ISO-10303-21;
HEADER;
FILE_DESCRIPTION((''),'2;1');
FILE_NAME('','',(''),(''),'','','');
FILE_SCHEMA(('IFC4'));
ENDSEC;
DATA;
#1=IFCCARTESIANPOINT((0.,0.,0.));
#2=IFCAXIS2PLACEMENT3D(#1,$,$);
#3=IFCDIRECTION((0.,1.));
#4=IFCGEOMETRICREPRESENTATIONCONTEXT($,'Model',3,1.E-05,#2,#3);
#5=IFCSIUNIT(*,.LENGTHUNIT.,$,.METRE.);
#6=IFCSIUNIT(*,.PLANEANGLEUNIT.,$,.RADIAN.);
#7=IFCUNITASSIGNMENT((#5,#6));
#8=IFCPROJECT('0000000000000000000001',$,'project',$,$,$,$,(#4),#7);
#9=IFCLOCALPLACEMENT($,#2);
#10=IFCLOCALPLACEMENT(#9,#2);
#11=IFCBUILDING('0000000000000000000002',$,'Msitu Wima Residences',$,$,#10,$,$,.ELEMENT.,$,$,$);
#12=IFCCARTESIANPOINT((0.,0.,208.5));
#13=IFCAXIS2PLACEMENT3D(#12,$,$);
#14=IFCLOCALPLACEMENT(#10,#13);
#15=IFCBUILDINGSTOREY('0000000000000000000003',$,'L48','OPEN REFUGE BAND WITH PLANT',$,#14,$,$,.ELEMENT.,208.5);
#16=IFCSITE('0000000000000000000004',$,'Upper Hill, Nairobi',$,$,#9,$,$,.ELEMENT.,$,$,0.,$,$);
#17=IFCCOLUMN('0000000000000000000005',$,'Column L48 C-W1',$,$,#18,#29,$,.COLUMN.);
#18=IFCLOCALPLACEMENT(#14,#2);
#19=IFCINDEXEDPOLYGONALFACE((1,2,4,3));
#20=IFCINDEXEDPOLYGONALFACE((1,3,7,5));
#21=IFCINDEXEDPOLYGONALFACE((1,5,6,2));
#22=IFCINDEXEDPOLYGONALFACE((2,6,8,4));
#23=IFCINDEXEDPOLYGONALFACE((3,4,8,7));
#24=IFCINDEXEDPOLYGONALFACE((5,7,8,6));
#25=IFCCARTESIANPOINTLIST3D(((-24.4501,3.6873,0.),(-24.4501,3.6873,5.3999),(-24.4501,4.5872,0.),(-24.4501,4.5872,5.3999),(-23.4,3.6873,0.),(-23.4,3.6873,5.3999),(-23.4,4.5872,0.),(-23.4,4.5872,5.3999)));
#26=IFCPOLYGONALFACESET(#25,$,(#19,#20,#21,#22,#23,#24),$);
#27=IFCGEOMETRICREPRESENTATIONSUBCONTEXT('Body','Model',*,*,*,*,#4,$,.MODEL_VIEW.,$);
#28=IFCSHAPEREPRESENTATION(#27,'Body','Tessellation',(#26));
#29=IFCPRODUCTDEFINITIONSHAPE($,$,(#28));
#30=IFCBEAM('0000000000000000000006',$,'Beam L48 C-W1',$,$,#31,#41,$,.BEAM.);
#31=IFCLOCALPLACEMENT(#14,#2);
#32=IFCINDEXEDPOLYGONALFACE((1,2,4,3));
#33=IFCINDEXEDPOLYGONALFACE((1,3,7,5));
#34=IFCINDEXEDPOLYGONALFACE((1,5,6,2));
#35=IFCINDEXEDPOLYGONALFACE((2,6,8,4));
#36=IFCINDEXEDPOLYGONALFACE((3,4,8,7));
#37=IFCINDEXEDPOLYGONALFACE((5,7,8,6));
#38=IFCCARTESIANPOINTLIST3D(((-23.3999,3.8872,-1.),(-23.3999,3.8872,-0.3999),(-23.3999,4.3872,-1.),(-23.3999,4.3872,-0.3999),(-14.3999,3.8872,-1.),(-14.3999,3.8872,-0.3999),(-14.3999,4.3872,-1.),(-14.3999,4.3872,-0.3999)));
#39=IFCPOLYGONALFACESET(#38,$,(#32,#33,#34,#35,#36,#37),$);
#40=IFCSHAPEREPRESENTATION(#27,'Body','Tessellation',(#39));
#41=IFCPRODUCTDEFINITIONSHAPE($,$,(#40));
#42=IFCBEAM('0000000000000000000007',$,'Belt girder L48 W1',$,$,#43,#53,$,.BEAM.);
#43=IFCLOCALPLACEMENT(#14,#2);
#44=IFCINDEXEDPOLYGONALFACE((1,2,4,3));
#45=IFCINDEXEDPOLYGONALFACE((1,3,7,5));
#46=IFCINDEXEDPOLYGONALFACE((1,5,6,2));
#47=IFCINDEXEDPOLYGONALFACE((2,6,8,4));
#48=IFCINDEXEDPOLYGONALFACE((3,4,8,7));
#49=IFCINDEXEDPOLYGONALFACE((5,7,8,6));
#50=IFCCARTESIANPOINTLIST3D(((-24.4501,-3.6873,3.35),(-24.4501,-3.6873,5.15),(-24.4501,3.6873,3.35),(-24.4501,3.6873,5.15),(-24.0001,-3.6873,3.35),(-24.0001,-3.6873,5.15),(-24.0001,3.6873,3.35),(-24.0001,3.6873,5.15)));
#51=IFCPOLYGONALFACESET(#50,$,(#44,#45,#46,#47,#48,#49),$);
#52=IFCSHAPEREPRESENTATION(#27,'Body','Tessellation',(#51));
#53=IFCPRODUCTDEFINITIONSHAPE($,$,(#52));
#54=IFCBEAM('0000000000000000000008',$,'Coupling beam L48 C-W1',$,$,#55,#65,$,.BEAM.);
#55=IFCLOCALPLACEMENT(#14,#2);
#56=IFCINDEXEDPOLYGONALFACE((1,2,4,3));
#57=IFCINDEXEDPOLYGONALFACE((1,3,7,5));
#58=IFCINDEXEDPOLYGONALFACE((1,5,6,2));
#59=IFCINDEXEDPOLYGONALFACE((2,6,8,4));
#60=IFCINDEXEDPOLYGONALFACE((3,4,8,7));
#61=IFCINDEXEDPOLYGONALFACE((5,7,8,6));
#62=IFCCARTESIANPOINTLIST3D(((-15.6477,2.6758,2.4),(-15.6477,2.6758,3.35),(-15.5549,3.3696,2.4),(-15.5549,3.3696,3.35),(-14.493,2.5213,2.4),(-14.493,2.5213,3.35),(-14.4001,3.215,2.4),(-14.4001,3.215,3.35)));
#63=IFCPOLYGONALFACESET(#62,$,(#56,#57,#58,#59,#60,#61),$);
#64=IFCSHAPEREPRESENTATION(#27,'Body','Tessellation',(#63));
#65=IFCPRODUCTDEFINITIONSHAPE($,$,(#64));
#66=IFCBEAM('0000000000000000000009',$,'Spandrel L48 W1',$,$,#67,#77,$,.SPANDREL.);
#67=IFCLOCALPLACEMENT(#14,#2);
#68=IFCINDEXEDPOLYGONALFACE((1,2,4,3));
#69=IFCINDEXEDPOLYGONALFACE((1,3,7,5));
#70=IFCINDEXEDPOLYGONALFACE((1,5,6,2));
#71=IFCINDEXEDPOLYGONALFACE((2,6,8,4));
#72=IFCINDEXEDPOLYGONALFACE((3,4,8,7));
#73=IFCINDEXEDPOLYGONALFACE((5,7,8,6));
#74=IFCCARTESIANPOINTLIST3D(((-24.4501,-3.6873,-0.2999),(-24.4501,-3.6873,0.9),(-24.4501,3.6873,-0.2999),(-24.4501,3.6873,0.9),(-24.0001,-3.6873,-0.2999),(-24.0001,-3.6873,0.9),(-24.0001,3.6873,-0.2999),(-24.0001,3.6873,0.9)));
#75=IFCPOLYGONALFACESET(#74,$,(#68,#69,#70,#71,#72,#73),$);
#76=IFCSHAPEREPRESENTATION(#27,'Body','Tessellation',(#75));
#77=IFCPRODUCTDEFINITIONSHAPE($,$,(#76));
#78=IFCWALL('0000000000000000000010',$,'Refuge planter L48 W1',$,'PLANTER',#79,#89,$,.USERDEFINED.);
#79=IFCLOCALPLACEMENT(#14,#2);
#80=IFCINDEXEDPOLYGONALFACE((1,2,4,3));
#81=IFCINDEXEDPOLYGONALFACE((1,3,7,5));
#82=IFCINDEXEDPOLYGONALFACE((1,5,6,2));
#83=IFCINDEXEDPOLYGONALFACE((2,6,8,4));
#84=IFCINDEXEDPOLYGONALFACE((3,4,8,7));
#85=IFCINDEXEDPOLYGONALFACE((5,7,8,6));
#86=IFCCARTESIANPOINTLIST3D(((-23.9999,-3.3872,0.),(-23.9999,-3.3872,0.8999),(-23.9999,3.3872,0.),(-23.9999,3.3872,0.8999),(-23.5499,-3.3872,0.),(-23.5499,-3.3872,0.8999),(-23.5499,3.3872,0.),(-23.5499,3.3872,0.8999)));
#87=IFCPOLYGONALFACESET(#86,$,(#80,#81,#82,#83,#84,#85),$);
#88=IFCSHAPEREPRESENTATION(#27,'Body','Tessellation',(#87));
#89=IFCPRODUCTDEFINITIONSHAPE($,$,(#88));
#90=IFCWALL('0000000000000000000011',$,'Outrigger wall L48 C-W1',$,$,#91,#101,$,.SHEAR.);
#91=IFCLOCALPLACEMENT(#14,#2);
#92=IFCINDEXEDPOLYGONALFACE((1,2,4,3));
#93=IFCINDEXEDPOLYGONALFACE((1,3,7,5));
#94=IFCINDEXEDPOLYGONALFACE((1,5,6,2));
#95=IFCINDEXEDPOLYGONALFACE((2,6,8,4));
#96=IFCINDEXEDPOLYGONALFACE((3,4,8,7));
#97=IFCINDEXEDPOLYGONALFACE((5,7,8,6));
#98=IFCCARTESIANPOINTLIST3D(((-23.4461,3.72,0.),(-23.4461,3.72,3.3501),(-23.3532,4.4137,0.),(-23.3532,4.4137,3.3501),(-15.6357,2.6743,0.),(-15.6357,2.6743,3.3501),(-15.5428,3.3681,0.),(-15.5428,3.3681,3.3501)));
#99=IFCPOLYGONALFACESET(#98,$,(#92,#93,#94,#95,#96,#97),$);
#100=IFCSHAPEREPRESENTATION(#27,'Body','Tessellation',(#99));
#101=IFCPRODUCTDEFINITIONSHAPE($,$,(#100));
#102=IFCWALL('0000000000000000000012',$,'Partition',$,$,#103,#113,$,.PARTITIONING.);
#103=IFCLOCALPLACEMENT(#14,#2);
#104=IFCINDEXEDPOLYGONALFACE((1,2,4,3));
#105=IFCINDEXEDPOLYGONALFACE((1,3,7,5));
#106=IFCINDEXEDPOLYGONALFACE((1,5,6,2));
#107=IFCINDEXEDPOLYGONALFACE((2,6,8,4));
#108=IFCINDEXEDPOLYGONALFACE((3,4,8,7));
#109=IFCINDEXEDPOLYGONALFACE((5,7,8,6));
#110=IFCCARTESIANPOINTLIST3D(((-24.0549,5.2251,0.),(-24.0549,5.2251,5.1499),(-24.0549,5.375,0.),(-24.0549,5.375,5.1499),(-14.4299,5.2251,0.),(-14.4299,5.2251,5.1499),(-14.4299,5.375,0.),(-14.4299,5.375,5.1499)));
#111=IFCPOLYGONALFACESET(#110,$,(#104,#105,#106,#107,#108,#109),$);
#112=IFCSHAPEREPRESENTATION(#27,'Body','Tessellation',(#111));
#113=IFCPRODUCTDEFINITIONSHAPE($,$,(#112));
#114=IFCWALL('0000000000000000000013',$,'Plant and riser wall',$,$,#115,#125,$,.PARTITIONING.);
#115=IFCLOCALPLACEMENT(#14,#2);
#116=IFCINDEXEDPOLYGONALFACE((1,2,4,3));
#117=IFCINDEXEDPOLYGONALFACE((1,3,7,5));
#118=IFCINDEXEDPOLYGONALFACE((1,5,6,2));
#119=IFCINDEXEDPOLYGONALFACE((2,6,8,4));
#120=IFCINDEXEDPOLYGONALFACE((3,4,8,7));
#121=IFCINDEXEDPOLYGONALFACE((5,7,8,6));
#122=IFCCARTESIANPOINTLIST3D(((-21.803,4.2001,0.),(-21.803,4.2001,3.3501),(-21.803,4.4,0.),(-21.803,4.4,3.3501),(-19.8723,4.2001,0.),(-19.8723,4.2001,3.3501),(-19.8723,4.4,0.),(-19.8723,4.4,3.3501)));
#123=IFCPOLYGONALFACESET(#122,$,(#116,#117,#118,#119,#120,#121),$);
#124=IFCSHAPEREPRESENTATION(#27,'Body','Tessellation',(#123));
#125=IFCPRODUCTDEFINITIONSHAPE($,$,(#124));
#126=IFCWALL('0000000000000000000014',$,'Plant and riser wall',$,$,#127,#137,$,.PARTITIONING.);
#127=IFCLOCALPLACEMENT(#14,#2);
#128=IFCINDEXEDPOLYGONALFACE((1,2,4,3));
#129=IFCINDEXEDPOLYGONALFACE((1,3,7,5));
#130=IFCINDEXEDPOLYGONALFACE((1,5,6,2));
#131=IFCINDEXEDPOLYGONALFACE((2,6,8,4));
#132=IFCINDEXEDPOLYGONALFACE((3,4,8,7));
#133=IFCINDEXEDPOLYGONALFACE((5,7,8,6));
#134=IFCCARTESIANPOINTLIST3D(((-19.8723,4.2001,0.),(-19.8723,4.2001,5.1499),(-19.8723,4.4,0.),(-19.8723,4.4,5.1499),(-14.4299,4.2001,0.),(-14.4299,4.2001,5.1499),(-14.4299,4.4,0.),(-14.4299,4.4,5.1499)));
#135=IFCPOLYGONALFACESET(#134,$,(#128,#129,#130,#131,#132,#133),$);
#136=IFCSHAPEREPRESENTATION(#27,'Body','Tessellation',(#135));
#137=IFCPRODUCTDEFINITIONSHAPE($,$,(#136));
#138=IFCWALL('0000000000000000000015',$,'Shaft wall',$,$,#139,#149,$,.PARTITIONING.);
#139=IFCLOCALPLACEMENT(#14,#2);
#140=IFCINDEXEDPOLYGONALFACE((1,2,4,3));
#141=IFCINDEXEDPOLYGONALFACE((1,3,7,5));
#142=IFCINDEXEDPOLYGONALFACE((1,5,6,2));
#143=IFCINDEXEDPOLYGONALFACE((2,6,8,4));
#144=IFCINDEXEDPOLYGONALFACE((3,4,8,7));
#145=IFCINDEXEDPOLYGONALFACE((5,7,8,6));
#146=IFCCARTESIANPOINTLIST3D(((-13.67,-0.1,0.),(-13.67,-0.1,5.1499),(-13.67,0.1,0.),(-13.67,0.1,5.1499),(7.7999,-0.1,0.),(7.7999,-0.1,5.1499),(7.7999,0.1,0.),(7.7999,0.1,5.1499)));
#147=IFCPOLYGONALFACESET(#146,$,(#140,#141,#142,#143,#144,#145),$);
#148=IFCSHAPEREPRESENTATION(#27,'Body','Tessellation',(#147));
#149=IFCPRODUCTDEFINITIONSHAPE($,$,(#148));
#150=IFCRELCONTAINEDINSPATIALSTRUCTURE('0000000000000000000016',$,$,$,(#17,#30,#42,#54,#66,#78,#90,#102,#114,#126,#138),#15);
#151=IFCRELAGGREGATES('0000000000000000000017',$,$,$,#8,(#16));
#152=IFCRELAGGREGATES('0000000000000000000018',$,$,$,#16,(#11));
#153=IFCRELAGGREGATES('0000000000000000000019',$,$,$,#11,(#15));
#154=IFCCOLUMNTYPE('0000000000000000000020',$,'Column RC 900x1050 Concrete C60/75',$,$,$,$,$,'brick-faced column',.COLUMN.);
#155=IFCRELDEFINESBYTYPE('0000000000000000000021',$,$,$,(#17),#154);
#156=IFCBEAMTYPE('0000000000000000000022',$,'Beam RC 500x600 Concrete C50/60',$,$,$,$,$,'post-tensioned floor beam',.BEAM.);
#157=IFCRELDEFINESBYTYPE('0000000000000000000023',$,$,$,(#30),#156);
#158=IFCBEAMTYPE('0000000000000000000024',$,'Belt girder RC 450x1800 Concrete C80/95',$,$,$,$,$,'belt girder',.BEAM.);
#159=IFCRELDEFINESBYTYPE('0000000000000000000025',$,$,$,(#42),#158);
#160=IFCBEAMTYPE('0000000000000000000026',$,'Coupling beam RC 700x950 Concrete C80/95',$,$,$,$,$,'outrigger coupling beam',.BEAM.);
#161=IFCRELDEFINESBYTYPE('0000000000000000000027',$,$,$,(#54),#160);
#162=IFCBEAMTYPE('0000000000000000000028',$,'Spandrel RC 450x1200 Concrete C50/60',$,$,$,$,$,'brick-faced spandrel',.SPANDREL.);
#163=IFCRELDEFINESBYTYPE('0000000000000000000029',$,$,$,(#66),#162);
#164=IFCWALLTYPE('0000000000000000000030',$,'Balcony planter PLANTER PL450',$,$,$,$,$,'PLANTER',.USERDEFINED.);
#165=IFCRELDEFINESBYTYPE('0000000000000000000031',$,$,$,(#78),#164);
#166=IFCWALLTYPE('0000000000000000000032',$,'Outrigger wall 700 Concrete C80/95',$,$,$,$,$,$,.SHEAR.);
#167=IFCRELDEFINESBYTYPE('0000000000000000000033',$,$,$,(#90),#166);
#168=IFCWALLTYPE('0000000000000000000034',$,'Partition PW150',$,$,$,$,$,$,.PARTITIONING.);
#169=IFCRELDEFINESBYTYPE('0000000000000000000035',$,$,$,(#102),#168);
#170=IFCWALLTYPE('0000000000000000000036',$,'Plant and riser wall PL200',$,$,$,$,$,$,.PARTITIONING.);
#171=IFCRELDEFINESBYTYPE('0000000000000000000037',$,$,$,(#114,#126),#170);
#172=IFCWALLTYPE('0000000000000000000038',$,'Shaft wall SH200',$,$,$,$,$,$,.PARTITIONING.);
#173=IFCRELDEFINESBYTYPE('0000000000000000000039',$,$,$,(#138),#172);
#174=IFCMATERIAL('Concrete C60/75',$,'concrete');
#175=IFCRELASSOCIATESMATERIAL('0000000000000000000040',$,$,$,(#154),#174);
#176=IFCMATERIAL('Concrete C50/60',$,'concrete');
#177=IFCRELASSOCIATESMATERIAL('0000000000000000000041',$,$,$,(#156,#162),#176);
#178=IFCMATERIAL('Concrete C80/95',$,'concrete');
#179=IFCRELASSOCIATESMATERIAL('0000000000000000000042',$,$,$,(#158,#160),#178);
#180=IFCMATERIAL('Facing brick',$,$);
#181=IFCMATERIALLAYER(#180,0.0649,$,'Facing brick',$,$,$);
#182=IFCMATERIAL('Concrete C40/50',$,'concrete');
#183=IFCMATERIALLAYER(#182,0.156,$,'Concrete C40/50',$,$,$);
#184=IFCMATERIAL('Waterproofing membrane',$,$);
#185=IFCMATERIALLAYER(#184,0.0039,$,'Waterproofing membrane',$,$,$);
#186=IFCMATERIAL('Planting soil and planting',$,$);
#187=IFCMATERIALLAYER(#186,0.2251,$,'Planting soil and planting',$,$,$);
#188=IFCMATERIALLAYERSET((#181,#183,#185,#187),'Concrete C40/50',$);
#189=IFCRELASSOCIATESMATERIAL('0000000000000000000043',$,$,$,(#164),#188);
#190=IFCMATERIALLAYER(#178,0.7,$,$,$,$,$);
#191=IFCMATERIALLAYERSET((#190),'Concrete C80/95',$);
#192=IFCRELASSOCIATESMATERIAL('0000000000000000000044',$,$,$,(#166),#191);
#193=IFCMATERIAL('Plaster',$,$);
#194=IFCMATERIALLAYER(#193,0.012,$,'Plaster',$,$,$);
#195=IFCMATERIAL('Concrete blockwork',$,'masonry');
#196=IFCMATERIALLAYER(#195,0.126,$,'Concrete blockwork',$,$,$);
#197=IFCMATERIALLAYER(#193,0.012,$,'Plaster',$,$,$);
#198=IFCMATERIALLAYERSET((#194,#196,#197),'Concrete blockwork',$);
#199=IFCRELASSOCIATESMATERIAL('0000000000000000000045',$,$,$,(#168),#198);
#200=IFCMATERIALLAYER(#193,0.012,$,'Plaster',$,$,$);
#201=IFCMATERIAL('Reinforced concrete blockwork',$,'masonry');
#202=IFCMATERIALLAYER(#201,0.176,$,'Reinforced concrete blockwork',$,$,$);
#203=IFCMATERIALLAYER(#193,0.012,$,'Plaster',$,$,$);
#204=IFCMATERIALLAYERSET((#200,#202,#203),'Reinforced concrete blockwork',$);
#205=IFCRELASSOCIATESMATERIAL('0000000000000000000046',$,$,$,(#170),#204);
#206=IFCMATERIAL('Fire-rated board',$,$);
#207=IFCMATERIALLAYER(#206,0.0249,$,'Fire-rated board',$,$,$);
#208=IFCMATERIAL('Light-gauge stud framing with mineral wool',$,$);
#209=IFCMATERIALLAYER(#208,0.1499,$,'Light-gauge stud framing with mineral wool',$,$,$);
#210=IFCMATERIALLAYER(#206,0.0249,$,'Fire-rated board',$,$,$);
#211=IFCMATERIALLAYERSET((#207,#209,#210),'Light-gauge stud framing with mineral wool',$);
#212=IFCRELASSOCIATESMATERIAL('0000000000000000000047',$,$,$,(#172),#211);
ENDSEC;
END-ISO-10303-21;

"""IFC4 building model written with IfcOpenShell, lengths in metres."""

from ifc_helpers import new_model, si_unit, direction, frame, frame_2d, origin, origin_2d, place, context, subcontext, project, spatial, rectangle, extrude, material, layer, layer_set, material_profile, profile_set, type_object, element, save


model = new_model("IFC4")

# Units and contexts
model_context = context("Model", 3, precision=1e-05, world=origin(), true_north=direction((0.0, 1.0)))
body_context = subcontext(model_context, "Body", "Model", "MODEL_VIEW")
ifc_project = project(units=[si_unit("LENGTHUNIT", "METRE"), si_unit("PLANEANGLEUNIT", "RADIAN")], contexts=[model_context])

# Site, building, storey
site_placement = place(None, origin())
site = spatial("IfcSite", under=ifc_project, at=site_placement, Name="Upper Hill, Nairobi", CompositionType="ELEMENT", RefElevation=0.0)
building_placement = place(site_placement, origin())
building = spatial("IfcBuilding", under=site, at=building_placement, Name="Msitu Wima Residences", CompositionType="ELEMENT")
storey_placement = place(building_placement, frame((0.0, 0.0, 208.5)))
storey = spatial("IfcBuildingStorey", under=building, at=storey_placement, Name="L48", Description="OPEN REFUGE BAND WITH PLANT", CompositionType="ELEMENT", Elevation=208.5)

# Column
ifc_material_1 = material(Name="Concrete C60/75", Category="concrete")
ifc_material_profile_1 = material_profile(ifc_material_1, rectangle(XDim=0.8999, YDim=1.05, at=origin_2d()), Name="RC 900x1050")
ifc_profile_set_1 = profile_set([ifc_material_profile_1], Name="Concrete C60/75")
column_type = type_object("IfcColumnType", Name="Column RC 900x1050 Concrete C60/75", ElementType="brick-faced column", PredefinedType="COLUMN", material=ifc_profile_set_1)
column_placement = place(storey_placement, frame((-23.925, 4.1372, 0.0), z_axis=(0.0, 0.0, 1.0), x_axis=(0.0, -1.0, 0.0)))
element("IfcColumn", 1, at=column_placement, inside=storey, type_object=column_type, Name="Column L48 C-W1", PredefinedType="COLUMN", context=body_context, shape_type="SweptSolid", body=[
    extrude(rectangle(XDim=0.8999, YDim=1.05, at=origin_2d()), origin(), (0.0, 0.0, 1.0), 5.3999),
])

# Beams
ifc_material_2 = material(Name="Concrete C50/60", Category="concrete")
ifc_material_profile_2 = material_profile(ifc_material_2, rectangle(XDim=0.5, YDim=0.6001, at=origin_2d()), Name="RC 500x600")
ifc_profile_set_2 = profile_set([ifc_material_profile_2], Name="Concrete C50/60")
beam_type_1 = type_object("IfcBeamType", Name="Beam RC 500x600 Concrete C50/60", ElementType="post-tensioned floor beam", PredefinedType="BEAM", material=ifc_profile_set_2)
beam_1_placement = place(storey_placement, frame((-23.3999, 4.1372, -0.7), z_axis=(1.0, 0.0, 0.0), x_axis=(0.0, 1.0, 0.0)))
element("IfcBeam", 2, at=beam_1_placement, inside=storey, type_object=beam_type_1, Name="Beam L48 C-W1", PredefinedType="BEAM", context=body_context, shape_type="SweptSolid", body=[
    extrude(rectangle(XDim=0.5, YDim=0.6001, at=origin_2d()), origin(), (0.0, 0.0, 1.0), 9.0),
])
ifc_material_3 = material(Name="Concrete C80/95", Category="concrete")
ifc_material_profile_3 = material_profile(ifc_material_3, rectangle(XDim=0.45, YDim=1.8, at=origin_2d()), Name="RC 450x1800")
ifc_profile_set_3 = profile_set([ifc_material_profile_3], Name="Concrete C80/95")
beam_type_2 = type_object("IfcBeamType", Name="Belt girder RC 450x1800 Concrete C80/95", ElementType="belt girder", PredefinedType="BEAM", material=ifc_profile_set_3)
beam_2_placement = place(storey_placement, frame((-24.2251, 3.6873, 4.25), z_axis=(0.0, -1.0, 0.0), x_axis=(1.0, 0.0, 0.0)))
element("IfcBeam", 3, at=beam_2_placement, inside=storey, type_object=beam_type_2, Name="Belt girder L48 W1", PredefinedType="BEAM", context=body_context, shape_type="SweptSolid", body=[
    extrude(rectangle(XDim=0.45, YDim=1.8, at=origin_2d()), origin(), (0.0, 0.0, 1.0), 7.3745),
])
ifc_material_profile_4 = material_profile(ifc_material_3, rectangle(XDim=0.7, YDim=0.95, at=origin_2d()), Name="RC 700x950")
ifc_profile_set_4 = profile_set([ifc_material_profile_4], Name="Concrete C80/95")
beam_type_3 = type_object("IfcBeamType", Name="Coupling beam RC 700x950 Concrete C80/95", ElementType="outrigger coupling beam", PredefinedType="BEAM", material=ifc_profile_set_4)
beam_3_placement = place(storey_placement, frame((-14.4465, 2.8682, 2.875), z_axis=(-0.991164, 0.132644, 0.0), x_axis=(-0.132644, -0.991164, 0.0)))
element("IfcBeam", 4, at=beam_3_placement, inside=storey, type_object=beam_type_3, Name="Coupling beam L48 C-W1", PredefinedType="BEAM", context=body_context, shape_type="SweptSolid", body=[
    extrude(rectangle(XDim=0.7, YDim=0.95, at=origin_2d()), origin(), (0.0, 0.0, 1.0), 1.165),
])
ifc_material_profile_5 = material_profile(ifc_material_2, rectangle(XDim=0.45, YDim=1.2, at=origin_2d()), Name="RC 450x1200")
ifc_profile_set_5 = profile_set([ifc_material_profile_5], Name="Concrete C50/60")
beam_type_4 = type_object("IfcBeamType", Name="Spandrel RC 450x1200 Concrete C50/60", ElementType="brick-faced spandrel", PredefinedType="SPANDREL", material=ifc_profile_set_5)
beam_4_placement = place(storey_placement, frame((-24.2251, 3.6873, 0.3), z_axis=(0.0, -1.0, 0.0), x_axis=(1.0, 0.0, 0.0)))
element("IfcBeam", 5, at=beam_4_placement, inside=storey, type_object=beam_type_4, Name="Spandrel L48 W1", PredefinedType="SPANDREL", context=body_context, shape_type="SweptSolid", body=[
    extrude(rectangle(XDim=0.45, YDim=1.2, at=origin_2d()), origin(), (0.0, 0.0, 1.0), 7.3745),
])

# Walls
ifc_material_4 = material(Name="Facing brick")
ifc_layer_1 = layer(ifc_material_4, 0.0649, Name="Facing brick")
ifc_material_5 = material(Name="Concrete C40/50", Category="concrete")
ifc_layer_2 = layer(ifc_material_5, 0.156, Name="Concrete C40/50")
ifc_material_6 = material(Name="Waterproofing membrane")
ifc_layer_3 = layer(ifc_material_6, 0.0039, Name="Waterproofing membrane")
ifc_material_7 = material(Name="Planting soil and planting")
ifc_layer_4 = layer(ifc_material_7, 0.2251, Name="Planting soil and planting")
ifc_layer_set_1 = layer_set([ifc_layer_1, ifc_layer_2, ifc_layer_3, ifc_layer_4], Name="Concrete C40/50")
wall_type_1 = type_object("IfcWallType", Name="Balcony planter PLANTER PL450", ElementType="PLANTER", PredefinedType="USERDEFINED", material=ifc_layer_set_1)
wall_1_placement = place(storey_placement, frame((-23.7749, 3.3872, 0.0), z_axis=(0.0, 0.0, 1.0), x_axis=(0.0, -1.0, 0.0)))
element("IfcWall", 6, at=wall_1_placement, inside=storey, type_object=wall_type_1, Name="Refuge planter L48 W1", ObjectType="PLANTER", PredefinedType="USERDEFINED", context=body_context, shape_type="SweptSolid", body=[
    extrude(rectangle(XDim=6.7744, YDim=0.45, at=frame_2d((3.3872, 0.0))), origin(), (0.0, 0.0, 1.0), 0.8999),
])
ifc_layer_5 = layer(ifc_material_3, 0.7)
ifc_layer_set_2 = layer_set([ifc_layer_5], Name="Concrete C80/95")
wall_type_2 = type_object("IfcWallType", Name="Outrigger wall 700 Concrete C80/95", PredefinedType="SHEAR", material=ifc_layer_set_2)
wall_2_placement = place(storey_placement, frame((-15.5894, 3.0212, 0.0), z_axis=(0.0, 0.0, 1.0), x_axis=(-0.991157, 0.132693, 0.0)))
element("IfcWall", 7, at=wall_2_placement, inside=storey, type_object=wall_type_2, Name="Outrigger wall L48 C-W1", PredefinedType="SHEAR", context=body_context, shape_type="SweptSolid", body=[
    extrude(rectangle(XDim=7.8801, YDim=0.7, at=frame_2d((3.9399, 0.0))), origin(), (0.0, 0.0, 1.0), 3.3501),
])
ifc_material_8 = material(Name="Plaster")
ifc_layer_6 = layer(ifc_material_8, 0.012, Name="Plaster")
ifc_material_9 = material(Name="Concrete blockwork", Category="masonry")
ifc_layer_7 = layer(ifc_material_9, 0.126, Name="Concrete blockwork")
ifc_layer_8 = layer(ifc_material_8, 0.012, Name="Plaster")
ifc_layer_set_3 = layer_set([ifc_layer_6, ifc_layer_7, ifc_layer_8], Name="Concrete blockwork")
wall_type_3 = type_object("IfcWallType", Name="Partition PW150", PredefinedType="PARTITIONING", material=ifc_layer_set_3)
wall_3_placement = place(storey_placement, frame((-24.0549, 5.3, 0.0), z_axis=(0.0, 0.0, 1.0), x_axis=(1.0, 0.0, 0.0)))
element("IfcWall", 8, at=wall_3_placement, inside=storey, type_object=wall_type_3, Name="Partition", PredefinedType="PARTITIONING", context=body_context, shape_type="SweptSolid", body=[
    extrude(rectangle(XDim=9.625, YDim=0.1499, at=frame_2d((4.8125, 0.0))), origin(), (0.0, 0.0, 1.0), 5.1499),
])
ifc_layer_9 = layer(ifc_material_8, 0.012, Name="Plaster")
ifc_material_10 = material(Name="Reinforced concrete blockwork", Category="masonry")
ifc_layer_10 = layer(ifc_material_10, 0.176, Name="Reinforced concrete blockwork")
ifc_layer_11 = layer(ifc_material_8, 0.012, Name="Plaster")
ifc_layer_set_4 = layer_set([ifc_layer_9, ifc_layer_10, ifc_layer_11], Name="Reinforced concrete blockwork")
wall_type_4 = type_object("IfcWallType", Name="Plant and riser wall PL200", PredefinedType="PARTITIONING", material=ifc_layer_set_4)
wall_4_placement = place(storey_placement, frame((-21.803, 4.3, 0.0), z_axis=(0.0, 0.0, 1.0), x_axis=(1.0, 0.0, 0.0)))
element("IfcWall", 9, at=wall_4_placement, inside=storey, type_object=wall_type_4, Name="Plant and riser wall", PredefinedType="PARTITIONING", context=body_context, shape_type="SweptSolid", body=[
    extrude(rectangle(XDim=1.9307, YDim=0.2, at=frame_2d((0.9653, 0.0))), origin(), (0.0, 0.0, 1.0), 3.3501),
])
wall_5_placement = place(storey_placement, frame((-19.8723, 4.3, 0.0), z_axis=(0.0, 0.0, 1.0), x_axis=(1.0, 0.0, 0.0)))
element("IfcWall", 10, at=wall_5_placement, inside=storey, type_object=wall_type_4, Name="Plant and riser wall", PredefinedType="PARTITIONING", context=body_context, shape_type="SweptSolid", body=[
    extrude(rectangle(XDim=5.4424, YDim=0.2, at=frame_2d((2.7212, 0.0))), origin(), (0.0, 0.0, 1.0), 5.1499),
])
ifc_material_11 = material(Name="Fire-rated board")
ifc_layer_12 = layer(ifc_material_11, 0.0249, Name="Fire-rated board")
ifc_material_12 = material(Name="Light-gauge stud framing with mineral wool")
ifc_layer_13 = layer(ifc_material_12, 0.1499, Name="Light-gauge stud framing with mineral wool")
ifc_layer_14 = layer(ifc_material_11, 0.0249, Name="Fire-rated board")
ifc_layer_set_5 = layer_set([ifc_layer_12, ifc_layer_13, ifc_layer_14], Name="Light-gauge stud framing with mineral wool")
wall_type_5 = type_object("IfcWallType", Name="Shaft wall SH200", PredefinedType="PARTITIONING", material=ifc_layer_set_5)
wall_6_placement = place(storey_placement, frame((-13.6699, 0.0, 0.0), z_axis=(0.0, 0.0, 1.0), x_axis=(1.0, 0.0, 0.0)))
element("IfcWall", 11, at=wall_6_placement, inside=storey, type_object=wall_type_5, Name="Shaft wall", PredefinedType="PARTITIONING", context=body_context, shape_type="SweptSolid", body=[
    extrude(rectangle(XDim=21.47, YDim=0.2, at=frame_2d((10.7349, 0.0))), origin(), (0.0, 0.0, 1.0), 5.1499),
])

save(model, "model.ifc")
